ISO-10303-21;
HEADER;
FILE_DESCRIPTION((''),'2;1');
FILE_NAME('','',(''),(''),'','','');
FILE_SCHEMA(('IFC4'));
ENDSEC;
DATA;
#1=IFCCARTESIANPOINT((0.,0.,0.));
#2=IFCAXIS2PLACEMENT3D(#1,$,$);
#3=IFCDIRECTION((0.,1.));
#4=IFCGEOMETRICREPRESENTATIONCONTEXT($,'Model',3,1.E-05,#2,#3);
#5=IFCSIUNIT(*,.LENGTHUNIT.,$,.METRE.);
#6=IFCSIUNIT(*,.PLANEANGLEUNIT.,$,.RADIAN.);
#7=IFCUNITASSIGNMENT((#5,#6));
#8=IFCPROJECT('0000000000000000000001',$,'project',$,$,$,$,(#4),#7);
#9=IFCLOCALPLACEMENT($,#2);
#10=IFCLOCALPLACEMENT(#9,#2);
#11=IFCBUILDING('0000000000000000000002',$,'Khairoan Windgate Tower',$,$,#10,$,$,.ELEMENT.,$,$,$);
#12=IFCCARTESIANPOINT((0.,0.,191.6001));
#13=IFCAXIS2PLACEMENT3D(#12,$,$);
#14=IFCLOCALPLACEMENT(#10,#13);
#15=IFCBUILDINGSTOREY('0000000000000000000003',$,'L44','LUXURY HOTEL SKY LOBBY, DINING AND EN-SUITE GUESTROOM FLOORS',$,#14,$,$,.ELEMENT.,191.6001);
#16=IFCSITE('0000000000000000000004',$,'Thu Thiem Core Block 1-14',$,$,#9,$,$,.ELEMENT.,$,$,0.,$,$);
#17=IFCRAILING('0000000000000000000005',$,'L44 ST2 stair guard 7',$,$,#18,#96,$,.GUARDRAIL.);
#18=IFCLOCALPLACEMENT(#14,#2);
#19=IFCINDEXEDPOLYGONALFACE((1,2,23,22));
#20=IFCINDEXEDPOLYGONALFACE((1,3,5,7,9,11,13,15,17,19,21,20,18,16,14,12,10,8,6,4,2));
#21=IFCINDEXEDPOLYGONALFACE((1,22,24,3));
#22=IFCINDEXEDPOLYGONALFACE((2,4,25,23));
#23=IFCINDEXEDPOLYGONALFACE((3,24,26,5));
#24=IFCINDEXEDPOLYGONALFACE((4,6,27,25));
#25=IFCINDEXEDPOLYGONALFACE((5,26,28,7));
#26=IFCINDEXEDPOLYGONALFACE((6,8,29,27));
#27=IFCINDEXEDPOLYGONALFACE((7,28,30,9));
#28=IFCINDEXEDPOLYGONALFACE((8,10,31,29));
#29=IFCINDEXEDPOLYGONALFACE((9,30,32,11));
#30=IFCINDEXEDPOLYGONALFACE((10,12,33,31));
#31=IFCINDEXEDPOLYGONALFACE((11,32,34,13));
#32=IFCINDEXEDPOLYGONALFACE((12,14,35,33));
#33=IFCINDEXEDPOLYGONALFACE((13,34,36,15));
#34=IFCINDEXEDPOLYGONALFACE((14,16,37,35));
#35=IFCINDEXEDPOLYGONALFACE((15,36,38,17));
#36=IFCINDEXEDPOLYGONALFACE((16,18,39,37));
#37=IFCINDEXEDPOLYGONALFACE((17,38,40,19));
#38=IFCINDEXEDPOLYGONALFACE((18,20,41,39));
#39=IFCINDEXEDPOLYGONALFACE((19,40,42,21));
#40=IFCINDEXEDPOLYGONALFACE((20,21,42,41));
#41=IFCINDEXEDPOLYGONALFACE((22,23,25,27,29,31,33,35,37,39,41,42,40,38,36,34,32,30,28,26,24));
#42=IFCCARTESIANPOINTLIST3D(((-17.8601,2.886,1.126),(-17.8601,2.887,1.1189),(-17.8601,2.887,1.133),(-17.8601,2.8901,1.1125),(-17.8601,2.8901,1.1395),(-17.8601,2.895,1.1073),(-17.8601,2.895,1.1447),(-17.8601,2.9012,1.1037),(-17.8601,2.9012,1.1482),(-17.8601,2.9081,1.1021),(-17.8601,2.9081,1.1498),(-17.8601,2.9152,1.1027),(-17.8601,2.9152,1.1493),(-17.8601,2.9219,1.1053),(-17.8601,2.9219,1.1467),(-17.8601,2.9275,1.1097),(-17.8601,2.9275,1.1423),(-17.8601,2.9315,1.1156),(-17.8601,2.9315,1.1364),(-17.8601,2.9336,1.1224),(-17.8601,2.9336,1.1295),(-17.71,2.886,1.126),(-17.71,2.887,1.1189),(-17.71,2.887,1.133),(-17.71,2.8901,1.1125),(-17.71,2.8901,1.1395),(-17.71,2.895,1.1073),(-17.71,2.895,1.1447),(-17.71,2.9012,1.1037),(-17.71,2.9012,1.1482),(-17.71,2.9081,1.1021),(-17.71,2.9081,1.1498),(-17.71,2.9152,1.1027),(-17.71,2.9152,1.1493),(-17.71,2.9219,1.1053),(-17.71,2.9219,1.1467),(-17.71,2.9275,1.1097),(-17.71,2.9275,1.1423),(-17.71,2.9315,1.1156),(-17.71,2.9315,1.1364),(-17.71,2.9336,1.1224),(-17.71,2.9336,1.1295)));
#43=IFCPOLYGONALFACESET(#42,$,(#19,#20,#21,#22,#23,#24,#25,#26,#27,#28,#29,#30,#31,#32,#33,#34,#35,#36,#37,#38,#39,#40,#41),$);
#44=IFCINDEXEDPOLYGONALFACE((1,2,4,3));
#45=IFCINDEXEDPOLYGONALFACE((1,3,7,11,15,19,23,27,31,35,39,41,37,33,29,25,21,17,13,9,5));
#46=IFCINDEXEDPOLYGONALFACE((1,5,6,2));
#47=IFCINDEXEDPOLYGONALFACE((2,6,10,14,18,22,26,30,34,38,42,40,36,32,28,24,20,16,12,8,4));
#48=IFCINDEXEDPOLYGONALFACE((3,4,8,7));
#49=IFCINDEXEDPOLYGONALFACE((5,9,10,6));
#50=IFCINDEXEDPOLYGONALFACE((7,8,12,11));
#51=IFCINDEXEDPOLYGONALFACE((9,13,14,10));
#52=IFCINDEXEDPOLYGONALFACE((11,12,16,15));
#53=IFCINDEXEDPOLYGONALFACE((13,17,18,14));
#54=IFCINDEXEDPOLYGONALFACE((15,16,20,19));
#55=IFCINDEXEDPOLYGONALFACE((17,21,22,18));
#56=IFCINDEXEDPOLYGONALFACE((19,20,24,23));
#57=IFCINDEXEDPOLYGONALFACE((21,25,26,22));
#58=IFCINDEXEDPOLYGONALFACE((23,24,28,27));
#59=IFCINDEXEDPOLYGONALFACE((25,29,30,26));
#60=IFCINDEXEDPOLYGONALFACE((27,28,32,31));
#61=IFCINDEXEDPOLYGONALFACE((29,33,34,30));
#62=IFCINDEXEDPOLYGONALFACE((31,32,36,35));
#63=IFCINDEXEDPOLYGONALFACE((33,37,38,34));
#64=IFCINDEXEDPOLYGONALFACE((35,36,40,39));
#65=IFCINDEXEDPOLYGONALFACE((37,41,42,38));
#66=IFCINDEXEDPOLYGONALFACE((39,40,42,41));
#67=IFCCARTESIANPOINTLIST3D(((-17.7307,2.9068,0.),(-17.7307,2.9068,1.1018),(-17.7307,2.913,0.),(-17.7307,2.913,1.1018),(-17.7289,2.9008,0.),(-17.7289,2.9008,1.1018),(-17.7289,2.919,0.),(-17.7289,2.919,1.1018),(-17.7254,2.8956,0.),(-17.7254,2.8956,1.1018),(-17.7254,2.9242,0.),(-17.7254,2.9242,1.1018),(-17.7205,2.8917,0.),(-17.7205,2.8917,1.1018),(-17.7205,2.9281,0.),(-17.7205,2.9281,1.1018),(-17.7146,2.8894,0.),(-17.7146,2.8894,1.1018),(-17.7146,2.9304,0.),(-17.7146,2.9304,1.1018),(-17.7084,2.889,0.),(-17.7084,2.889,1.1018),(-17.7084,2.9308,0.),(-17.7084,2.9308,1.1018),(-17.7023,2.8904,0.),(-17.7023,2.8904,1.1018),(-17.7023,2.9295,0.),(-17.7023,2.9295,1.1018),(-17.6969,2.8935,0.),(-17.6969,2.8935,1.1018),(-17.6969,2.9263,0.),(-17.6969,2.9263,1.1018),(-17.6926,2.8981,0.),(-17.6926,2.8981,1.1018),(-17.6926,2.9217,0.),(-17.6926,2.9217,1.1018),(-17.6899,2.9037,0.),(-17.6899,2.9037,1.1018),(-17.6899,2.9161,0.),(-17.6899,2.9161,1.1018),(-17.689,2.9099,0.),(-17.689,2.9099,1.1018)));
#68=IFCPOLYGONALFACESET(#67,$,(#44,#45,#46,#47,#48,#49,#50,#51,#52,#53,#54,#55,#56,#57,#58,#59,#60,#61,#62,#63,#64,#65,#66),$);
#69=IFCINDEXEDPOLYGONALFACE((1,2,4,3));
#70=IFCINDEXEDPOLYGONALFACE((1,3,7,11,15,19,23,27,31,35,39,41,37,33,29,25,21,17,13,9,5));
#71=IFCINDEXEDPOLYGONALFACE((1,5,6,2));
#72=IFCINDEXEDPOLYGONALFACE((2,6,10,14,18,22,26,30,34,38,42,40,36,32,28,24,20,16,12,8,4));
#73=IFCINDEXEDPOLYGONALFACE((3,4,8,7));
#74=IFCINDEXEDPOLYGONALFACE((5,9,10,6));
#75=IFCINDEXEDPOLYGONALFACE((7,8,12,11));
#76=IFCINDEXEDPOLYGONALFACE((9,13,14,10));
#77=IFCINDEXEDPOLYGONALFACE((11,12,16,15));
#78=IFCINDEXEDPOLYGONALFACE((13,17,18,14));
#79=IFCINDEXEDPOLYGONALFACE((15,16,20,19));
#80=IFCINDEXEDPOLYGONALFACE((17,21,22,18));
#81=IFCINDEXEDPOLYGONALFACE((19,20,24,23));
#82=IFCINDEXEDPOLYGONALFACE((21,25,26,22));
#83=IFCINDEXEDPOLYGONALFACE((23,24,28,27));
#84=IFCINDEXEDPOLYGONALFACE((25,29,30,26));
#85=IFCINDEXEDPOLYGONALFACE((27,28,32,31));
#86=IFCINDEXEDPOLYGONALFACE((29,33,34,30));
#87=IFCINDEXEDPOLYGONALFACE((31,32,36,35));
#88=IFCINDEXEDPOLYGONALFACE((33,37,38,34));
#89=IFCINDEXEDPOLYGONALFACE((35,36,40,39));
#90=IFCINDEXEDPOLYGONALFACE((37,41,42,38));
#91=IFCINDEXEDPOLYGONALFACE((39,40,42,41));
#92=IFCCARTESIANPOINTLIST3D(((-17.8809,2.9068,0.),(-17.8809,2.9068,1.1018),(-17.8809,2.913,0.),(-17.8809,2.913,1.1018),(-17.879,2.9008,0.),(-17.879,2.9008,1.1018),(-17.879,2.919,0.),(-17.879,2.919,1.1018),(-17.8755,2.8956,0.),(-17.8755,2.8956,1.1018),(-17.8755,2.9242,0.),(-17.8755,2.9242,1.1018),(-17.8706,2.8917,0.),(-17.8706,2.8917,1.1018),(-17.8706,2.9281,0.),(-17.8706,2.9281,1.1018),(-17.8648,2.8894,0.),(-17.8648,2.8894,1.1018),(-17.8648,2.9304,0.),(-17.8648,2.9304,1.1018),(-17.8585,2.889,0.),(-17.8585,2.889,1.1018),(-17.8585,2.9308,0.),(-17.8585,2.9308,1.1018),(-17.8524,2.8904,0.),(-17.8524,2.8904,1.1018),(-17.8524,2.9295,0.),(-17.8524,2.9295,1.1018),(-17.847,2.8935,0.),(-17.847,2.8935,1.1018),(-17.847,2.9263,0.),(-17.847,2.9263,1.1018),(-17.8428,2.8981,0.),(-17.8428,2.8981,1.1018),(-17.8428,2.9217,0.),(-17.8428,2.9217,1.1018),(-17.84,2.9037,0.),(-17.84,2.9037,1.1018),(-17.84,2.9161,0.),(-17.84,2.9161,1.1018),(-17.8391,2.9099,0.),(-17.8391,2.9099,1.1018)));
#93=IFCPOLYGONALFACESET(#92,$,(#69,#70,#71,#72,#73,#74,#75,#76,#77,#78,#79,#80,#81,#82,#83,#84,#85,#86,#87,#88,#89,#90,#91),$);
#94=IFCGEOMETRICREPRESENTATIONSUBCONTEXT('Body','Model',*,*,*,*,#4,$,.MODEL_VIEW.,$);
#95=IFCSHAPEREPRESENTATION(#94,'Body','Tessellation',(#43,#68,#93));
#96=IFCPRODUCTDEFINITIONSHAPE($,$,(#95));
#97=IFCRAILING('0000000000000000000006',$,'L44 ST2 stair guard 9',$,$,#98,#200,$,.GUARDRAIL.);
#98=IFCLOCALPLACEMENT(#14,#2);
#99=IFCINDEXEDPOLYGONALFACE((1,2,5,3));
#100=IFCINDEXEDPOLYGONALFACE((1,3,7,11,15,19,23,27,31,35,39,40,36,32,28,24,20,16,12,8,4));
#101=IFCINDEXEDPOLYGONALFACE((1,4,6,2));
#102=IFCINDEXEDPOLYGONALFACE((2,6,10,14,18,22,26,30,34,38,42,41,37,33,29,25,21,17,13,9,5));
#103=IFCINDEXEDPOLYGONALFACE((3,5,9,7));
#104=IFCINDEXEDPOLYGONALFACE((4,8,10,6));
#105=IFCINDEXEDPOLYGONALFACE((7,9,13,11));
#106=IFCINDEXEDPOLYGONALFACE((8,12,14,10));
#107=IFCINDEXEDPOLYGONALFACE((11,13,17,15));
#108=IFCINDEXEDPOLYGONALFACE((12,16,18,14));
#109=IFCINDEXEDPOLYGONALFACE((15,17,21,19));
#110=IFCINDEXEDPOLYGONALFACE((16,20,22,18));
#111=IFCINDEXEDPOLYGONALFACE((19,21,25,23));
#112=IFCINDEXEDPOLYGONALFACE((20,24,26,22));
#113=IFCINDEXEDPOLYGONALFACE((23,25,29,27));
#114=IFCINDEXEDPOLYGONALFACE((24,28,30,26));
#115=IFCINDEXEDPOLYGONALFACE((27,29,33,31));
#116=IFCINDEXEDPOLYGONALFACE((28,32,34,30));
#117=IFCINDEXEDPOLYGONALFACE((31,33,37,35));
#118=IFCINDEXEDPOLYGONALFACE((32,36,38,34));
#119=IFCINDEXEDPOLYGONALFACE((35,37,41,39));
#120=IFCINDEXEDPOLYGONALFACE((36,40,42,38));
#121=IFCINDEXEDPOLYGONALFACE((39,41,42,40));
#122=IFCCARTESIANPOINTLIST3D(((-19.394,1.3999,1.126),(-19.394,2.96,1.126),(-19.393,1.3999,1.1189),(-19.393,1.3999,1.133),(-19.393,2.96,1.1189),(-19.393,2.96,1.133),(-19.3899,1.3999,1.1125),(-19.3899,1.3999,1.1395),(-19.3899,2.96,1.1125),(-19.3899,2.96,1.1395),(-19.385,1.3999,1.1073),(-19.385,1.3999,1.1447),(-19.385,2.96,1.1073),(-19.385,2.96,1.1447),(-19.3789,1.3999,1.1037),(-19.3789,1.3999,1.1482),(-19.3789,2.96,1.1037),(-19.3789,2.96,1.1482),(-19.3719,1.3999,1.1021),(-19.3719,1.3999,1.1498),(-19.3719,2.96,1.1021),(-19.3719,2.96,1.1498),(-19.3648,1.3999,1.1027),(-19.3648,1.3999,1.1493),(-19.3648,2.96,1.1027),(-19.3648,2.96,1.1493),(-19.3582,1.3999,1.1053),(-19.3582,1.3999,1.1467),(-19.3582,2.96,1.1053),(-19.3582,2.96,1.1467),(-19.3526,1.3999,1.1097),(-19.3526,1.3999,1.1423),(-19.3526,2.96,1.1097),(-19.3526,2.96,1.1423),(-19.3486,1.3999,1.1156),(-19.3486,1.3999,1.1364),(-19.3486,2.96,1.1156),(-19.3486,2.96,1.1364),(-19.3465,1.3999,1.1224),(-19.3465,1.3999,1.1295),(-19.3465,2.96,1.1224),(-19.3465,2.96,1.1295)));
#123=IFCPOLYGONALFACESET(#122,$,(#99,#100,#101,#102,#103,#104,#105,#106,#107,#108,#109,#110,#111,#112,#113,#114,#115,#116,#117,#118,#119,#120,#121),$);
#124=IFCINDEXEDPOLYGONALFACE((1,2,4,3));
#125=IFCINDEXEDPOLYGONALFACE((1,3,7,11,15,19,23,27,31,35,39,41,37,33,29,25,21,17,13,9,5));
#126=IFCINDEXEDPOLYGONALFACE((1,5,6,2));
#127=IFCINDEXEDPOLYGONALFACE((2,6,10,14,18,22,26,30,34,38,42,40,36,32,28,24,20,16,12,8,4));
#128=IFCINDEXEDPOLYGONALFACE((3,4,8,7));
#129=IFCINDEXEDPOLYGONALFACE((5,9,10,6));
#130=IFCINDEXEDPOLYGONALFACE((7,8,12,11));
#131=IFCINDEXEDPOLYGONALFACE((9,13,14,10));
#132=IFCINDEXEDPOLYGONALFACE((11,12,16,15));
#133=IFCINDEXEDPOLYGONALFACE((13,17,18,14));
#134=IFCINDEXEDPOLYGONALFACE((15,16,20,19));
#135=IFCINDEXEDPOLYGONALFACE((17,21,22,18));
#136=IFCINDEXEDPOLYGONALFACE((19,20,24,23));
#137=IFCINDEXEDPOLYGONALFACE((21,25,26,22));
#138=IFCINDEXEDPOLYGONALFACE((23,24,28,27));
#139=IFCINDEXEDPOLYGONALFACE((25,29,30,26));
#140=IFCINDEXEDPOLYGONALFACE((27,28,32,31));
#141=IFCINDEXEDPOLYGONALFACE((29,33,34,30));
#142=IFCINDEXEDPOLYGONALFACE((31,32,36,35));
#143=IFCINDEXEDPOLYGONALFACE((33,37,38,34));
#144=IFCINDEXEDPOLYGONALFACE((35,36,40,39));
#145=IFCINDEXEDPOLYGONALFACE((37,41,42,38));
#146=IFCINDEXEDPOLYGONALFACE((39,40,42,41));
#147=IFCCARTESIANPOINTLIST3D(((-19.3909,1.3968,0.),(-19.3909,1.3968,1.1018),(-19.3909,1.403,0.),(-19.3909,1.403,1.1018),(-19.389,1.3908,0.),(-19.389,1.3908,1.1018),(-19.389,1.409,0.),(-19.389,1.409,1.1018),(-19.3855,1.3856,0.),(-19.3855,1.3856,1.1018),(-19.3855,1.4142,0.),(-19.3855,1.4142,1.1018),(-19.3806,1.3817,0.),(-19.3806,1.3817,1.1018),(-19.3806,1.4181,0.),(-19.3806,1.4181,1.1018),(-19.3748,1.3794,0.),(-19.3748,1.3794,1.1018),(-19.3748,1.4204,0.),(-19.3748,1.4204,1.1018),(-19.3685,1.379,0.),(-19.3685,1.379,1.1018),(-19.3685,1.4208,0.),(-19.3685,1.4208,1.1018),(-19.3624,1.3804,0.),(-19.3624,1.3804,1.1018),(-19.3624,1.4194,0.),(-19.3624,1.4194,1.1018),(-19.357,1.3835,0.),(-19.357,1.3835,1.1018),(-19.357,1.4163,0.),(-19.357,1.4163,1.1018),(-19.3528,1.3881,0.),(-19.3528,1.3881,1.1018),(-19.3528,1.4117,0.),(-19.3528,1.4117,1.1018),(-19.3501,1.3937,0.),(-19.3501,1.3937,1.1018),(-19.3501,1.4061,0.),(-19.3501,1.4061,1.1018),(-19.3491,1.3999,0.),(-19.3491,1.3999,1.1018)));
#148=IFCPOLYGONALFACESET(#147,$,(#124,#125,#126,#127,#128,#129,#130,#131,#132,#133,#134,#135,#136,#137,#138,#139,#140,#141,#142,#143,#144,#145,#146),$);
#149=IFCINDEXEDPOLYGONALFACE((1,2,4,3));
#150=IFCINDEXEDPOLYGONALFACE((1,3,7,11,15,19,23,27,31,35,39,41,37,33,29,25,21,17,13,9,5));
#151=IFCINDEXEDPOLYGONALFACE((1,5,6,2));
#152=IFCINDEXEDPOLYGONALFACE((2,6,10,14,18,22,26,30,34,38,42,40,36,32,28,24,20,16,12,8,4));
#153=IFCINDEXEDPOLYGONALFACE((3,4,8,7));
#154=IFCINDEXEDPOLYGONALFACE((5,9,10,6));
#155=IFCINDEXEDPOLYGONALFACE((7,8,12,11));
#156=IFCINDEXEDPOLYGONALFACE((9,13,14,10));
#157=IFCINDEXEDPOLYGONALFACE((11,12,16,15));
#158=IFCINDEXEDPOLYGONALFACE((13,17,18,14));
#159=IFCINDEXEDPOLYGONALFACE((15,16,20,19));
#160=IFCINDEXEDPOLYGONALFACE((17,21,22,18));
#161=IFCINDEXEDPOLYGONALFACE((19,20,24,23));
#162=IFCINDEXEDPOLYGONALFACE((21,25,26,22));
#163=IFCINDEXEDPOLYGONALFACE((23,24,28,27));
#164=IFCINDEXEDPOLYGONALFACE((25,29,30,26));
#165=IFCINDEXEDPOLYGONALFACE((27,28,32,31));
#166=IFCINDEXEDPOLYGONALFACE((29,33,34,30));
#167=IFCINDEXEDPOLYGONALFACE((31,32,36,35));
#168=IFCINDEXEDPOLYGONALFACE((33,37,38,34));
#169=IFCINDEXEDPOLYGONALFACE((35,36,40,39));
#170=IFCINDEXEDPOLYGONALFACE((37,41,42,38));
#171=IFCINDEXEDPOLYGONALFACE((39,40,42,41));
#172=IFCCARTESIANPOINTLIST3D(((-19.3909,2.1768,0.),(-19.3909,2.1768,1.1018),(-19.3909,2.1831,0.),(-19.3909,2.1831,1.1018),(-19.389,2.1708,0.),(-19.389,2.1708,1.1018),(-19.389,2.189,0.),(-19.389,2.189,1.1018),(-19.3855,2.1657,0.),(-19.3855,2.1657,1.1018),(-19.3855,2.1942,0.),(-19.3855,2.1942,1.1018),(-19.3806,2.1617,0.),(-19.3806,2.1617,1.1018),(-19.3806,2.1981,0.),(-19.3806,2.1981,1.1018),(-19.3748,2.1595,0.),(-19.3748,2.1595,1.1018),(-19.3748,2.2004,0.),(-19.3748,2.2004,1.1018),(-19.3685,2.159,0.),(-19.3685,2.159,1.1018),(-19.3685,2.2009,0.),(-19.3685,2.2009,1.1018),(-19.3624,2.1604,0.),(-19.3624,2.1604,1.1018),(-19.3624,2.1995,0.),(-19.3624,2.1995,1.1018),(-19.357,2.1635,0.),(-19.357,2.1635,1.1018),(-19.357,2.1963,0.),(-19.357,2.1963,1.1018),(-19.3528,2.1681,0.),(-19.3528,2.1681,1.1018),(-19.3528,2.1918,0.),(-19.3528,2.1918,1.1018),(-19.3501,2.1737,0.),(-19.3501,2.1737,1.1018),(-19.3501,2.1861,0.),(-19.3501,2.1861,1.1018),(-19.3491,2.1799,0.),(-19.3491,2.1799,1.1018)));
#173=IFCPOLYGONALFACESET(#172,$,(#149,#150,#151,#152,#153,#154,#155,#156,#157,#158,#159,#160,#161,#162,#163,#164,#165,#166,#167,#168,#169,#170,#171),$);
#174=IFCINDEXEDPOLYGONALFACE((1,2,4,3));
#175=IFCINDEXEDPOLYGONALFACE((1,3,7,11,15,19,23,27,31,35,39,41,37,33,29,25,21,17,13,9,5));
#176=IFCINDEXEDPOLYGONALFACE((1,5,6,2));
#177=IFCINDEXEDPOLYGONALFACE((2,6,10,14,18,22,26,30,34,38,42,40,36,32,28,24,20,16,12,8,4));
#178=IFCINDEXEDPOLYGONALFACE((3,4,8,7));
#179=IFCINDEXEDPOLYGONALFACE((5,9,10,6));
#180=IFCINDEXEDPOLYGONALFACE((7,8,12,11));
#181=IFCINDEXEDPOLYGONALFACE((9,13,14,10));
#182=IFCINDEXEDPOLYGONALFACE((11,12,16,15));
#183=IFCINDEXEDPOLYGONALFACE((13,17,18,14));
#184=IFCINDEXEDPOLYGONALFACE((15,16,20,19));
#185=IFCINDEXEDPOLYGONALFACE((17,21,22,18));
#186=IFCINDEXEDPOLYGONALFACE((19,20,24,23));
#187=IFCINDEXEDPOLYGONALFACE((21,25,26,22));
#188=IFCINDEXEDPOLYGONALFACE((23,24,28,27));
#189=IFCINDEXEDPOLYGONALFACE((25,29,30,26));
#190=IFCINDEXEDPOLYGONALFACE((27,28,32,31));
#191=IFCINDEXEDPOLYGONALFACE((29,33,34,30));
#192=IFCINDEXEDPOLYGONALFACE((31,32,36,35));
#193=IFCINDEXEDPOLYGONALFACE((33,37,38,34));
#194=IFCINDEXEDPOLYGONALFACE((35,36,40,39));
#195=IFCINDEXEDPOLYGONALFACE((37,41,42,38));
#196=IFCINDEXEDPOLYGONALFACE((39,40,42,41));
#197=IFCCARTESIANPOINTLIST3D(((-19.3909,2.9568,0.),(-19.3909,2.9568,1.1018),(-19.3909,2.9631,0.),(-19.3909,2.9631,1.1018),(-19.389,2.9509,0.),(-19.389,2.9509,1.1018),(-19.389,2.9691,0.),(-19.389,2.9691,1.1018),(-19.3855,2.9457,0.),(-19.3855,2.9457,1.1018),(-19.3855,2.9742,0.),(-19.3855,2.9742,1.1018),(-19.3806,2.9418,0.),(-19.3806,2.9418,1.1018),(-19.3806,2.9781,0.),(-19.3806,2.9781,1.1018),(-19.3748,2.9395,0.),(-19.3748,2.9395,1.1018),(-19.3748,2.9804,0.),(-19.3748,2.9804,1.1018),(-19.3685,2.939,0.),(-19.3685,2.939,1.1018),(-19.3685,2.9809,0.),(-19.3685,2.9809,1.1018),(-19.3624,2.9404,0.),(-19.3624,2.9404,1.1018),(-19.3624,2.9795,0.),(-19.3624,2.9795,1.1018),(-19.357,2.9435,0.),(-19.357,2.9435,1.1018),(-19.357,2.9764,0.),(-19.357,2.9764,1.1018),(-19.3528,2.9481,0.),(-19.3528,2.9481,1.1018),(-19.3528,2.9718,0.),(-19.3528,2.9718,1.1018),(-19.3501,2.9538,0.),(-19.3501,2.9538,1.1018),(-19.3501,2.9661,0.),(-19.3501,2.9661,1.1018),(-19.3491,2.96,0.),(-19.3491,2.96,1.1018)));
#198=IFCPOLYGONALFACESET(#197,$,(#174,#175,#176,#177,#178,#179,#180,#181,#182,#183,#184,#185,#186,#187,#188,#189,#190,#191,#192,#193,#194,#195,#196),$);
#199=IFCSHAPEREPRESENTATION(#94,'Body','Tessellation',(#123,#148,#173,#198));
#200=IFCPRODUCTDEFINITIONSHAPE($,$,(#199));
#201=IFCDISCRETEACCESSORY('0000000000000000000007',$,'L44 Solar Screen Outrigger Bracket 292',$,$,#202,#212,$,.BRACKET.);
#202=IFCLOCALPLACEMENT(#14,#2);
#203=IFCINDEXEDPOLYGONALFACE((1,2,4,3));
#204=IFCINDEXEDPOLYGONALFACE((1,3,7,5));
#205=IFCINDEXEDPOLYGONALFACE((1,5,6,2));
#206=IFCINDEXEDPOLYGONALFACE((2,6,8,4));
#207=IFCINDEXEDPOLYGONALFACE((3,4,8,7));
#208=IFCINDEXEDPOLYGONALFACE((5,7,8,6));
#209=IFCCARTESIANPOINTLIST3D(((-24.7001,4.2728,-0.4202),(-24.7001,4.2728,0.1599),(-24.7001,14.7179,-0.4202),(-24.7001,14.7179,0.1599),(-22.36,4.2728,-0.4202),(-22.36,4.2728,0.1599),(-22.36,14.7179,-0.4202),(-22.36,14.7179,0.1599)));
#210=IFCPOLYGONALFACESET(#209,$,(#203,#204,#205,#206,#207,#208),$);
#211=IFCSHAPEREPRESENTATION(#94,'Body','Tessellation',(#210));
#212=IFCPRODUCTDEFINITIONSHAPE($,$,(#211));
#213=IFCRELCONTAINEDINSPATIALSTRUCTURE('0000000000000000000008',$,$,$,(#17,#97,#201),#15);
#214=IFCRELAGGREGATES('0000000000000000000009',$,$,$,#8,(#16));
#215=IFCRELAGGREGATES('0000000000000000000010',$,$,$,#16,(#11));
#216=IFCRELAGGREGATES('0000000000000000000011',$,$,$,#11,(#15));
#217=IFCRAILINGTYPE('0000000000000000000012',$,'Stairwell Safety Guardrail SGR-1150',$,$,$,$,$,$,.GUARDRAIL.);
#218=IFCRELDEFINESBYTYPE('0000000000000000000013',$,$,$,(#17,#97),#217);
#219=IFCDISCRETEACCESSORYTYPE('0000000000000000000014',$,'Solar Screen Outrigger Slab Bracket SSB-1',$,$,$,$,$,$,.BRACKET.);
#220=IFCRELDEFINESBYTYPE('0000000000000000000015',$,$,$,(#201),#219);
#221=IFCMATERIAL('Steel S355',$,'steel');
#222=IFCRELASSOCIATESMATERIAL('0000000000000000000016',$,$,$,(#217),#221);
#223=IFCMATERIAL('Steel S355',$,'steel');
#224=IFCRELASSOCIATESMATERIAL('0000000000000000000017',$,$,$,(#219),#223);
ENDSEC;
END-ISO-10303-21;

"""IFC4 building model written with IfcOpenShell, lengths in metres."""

from ifc_helpers import new_model, si_unit, direction, frame, origin, origin_2d, place, context, subcontext, project, spatial, rectangle, circle, extrude, material, type_object, element, save


model = new_model("IFC4")

# Units and contexts
model_context = context("Model", 3, precision=1e-05, world=origin(), true_north=direction((0.0, 1.0)))
body_context = subcontext(model_context, "Body", "Model", "MODEL_VIEW")
ifc_project = project(units=[si_unit("LENGTHUNIT", "METRE"), si_unit("PLANEANGLEUNIT", "RADIAN")], contexts=[model_context])

# Site, building, storey
site_placement = place(None, origin())
site = spatial("IfcSite", under=ifc_project, at=site_placement, Name="Thu Thiem Core Block 1-14", CompositionType="ELEMENT", RefElevation=0.0)
building_placement = place(site_placement, origin())
building = spatial("IfcBuilding", under=site, at=building_placement, Name="Khairoan Windgate Tower", CompositionType="ELEMENT")
storey_placement = place(building_placement, frame((0.0, 0.0, 191.6001)))
storey = spatial("IfcBuildingStorey", under=building, at=storey_placement, Name="L44", Description="LUXURY HOTEL SKY LOBBY, DINING AND EN-SUITE GUESTROOM FLOORS", CompositionType="ELEMENT", Elevation=191.6001)

# Railings
ifc_material_1 = material(Name="Steel S355", Category="steel")
railing_type_1 = type_object("IfcRailingType", Name="Stairwell Safety Guardrail SGR-1150", PredefinedType="GUARDRAIL", material=ifc_material_1)
railing_1_placement = place(storey_placement, frame((-17.71, 2.9099, 0.0)))
element("IfcRailing", 1, at=railing_1_placement, inside=storey, type_object=railing_type_1, Name="L44 ST2 stair guard 7", PredefinedType="GUARDRAIL", context=body_context, shape_type="SweptSolid", body=[
    extrude(circle(Radius=0.0239, at=origin_2d()), frame((0.0, 0.0, 1.126), z_axis=(-1.0, 0.0, 0.0), x_axis=(0.0, -1.0, 0.0)), (0.0, 0.0, 1.0), 0.1501),
    extrude(circle(Radius=0.021, at=origin_2d()), origin(), (0.0, 0.0, 1.0), 1.1018),
    extrude(circle(Radius=0.021, at=origin_2d()), frame((-0.1501, 0.0, 0.0)), (0.0, 0.0, 1.0), 1.1018),
])
railing_2_placement = place(storey_placement, frame((-19.3701, 1.3999, 0.0)))
element("IfcRailing", 2, at=railing_2_placement, inside=storey, type_object=railing_type_1, Name="L44 ST2 stair guard 9", PredefinedType="GUARDRAIL", context=body_context, shape_type="SweptSolid", body=[
    extrude(circle(Radius=0.0239, at=origin_2d()), frame((0.0, 0.0, 1.126), z_axis=(0.0, 1.0, 0.0), x_axis=(-1.0, 0.0, 0.0)), (0.0, 0.0, 1.0), 1.5601),
    extrude(circle(Radius=0.021, at=origin_2d()), origin(), (0.0, 0.0, 1.0), 1.1018),
    extrude(circle(Radius=0.021, at=origin_2d()), frame((0.0, 0.78, 0.0)), (0.0, 0.0, 1.0), 1.1018),
    extrude(circle(Radius=0.021, at=origin_2d()), frame((0.0, 1.5601, 0.0)), (0.0, 0.0, 1.0), 1.1018),
])

# Discrete accessory
ifc_material_2 = material(Name="Steel S355", Category="steel")
discrete_accessory_type = type_object("IfcDiscreteAccessoryType", Name="Solar Screen Outrigger Slab Bracket SSB-1", PredefinedType="BRACKET", material=ifc_material_2)
discrete_accessory_placement = place(storey_placement, frame((-23.53, 9.4954, -0.4202), z_axis=(0.0, 0.0, 1.0), x_axis=(0.0, 1.0, 0.0)))
element("IfcDiscreteAccessory", 3, at=discrete_accessory_placement, inside=storey, type_object=discrete_accessory_type, Name="L44 Solar Screen Outrigger Bracket 292", PredefinedType="BRACKET", context=body_context, shape_type="SweptSolid", body=[
    extrude(rectangle(XDim=10.4451, YDim=2.3401, at=origin_2d()), origin(), (0.0, 0.0, 1.0), 0.5801),
])

save(model, "model.ifc")
